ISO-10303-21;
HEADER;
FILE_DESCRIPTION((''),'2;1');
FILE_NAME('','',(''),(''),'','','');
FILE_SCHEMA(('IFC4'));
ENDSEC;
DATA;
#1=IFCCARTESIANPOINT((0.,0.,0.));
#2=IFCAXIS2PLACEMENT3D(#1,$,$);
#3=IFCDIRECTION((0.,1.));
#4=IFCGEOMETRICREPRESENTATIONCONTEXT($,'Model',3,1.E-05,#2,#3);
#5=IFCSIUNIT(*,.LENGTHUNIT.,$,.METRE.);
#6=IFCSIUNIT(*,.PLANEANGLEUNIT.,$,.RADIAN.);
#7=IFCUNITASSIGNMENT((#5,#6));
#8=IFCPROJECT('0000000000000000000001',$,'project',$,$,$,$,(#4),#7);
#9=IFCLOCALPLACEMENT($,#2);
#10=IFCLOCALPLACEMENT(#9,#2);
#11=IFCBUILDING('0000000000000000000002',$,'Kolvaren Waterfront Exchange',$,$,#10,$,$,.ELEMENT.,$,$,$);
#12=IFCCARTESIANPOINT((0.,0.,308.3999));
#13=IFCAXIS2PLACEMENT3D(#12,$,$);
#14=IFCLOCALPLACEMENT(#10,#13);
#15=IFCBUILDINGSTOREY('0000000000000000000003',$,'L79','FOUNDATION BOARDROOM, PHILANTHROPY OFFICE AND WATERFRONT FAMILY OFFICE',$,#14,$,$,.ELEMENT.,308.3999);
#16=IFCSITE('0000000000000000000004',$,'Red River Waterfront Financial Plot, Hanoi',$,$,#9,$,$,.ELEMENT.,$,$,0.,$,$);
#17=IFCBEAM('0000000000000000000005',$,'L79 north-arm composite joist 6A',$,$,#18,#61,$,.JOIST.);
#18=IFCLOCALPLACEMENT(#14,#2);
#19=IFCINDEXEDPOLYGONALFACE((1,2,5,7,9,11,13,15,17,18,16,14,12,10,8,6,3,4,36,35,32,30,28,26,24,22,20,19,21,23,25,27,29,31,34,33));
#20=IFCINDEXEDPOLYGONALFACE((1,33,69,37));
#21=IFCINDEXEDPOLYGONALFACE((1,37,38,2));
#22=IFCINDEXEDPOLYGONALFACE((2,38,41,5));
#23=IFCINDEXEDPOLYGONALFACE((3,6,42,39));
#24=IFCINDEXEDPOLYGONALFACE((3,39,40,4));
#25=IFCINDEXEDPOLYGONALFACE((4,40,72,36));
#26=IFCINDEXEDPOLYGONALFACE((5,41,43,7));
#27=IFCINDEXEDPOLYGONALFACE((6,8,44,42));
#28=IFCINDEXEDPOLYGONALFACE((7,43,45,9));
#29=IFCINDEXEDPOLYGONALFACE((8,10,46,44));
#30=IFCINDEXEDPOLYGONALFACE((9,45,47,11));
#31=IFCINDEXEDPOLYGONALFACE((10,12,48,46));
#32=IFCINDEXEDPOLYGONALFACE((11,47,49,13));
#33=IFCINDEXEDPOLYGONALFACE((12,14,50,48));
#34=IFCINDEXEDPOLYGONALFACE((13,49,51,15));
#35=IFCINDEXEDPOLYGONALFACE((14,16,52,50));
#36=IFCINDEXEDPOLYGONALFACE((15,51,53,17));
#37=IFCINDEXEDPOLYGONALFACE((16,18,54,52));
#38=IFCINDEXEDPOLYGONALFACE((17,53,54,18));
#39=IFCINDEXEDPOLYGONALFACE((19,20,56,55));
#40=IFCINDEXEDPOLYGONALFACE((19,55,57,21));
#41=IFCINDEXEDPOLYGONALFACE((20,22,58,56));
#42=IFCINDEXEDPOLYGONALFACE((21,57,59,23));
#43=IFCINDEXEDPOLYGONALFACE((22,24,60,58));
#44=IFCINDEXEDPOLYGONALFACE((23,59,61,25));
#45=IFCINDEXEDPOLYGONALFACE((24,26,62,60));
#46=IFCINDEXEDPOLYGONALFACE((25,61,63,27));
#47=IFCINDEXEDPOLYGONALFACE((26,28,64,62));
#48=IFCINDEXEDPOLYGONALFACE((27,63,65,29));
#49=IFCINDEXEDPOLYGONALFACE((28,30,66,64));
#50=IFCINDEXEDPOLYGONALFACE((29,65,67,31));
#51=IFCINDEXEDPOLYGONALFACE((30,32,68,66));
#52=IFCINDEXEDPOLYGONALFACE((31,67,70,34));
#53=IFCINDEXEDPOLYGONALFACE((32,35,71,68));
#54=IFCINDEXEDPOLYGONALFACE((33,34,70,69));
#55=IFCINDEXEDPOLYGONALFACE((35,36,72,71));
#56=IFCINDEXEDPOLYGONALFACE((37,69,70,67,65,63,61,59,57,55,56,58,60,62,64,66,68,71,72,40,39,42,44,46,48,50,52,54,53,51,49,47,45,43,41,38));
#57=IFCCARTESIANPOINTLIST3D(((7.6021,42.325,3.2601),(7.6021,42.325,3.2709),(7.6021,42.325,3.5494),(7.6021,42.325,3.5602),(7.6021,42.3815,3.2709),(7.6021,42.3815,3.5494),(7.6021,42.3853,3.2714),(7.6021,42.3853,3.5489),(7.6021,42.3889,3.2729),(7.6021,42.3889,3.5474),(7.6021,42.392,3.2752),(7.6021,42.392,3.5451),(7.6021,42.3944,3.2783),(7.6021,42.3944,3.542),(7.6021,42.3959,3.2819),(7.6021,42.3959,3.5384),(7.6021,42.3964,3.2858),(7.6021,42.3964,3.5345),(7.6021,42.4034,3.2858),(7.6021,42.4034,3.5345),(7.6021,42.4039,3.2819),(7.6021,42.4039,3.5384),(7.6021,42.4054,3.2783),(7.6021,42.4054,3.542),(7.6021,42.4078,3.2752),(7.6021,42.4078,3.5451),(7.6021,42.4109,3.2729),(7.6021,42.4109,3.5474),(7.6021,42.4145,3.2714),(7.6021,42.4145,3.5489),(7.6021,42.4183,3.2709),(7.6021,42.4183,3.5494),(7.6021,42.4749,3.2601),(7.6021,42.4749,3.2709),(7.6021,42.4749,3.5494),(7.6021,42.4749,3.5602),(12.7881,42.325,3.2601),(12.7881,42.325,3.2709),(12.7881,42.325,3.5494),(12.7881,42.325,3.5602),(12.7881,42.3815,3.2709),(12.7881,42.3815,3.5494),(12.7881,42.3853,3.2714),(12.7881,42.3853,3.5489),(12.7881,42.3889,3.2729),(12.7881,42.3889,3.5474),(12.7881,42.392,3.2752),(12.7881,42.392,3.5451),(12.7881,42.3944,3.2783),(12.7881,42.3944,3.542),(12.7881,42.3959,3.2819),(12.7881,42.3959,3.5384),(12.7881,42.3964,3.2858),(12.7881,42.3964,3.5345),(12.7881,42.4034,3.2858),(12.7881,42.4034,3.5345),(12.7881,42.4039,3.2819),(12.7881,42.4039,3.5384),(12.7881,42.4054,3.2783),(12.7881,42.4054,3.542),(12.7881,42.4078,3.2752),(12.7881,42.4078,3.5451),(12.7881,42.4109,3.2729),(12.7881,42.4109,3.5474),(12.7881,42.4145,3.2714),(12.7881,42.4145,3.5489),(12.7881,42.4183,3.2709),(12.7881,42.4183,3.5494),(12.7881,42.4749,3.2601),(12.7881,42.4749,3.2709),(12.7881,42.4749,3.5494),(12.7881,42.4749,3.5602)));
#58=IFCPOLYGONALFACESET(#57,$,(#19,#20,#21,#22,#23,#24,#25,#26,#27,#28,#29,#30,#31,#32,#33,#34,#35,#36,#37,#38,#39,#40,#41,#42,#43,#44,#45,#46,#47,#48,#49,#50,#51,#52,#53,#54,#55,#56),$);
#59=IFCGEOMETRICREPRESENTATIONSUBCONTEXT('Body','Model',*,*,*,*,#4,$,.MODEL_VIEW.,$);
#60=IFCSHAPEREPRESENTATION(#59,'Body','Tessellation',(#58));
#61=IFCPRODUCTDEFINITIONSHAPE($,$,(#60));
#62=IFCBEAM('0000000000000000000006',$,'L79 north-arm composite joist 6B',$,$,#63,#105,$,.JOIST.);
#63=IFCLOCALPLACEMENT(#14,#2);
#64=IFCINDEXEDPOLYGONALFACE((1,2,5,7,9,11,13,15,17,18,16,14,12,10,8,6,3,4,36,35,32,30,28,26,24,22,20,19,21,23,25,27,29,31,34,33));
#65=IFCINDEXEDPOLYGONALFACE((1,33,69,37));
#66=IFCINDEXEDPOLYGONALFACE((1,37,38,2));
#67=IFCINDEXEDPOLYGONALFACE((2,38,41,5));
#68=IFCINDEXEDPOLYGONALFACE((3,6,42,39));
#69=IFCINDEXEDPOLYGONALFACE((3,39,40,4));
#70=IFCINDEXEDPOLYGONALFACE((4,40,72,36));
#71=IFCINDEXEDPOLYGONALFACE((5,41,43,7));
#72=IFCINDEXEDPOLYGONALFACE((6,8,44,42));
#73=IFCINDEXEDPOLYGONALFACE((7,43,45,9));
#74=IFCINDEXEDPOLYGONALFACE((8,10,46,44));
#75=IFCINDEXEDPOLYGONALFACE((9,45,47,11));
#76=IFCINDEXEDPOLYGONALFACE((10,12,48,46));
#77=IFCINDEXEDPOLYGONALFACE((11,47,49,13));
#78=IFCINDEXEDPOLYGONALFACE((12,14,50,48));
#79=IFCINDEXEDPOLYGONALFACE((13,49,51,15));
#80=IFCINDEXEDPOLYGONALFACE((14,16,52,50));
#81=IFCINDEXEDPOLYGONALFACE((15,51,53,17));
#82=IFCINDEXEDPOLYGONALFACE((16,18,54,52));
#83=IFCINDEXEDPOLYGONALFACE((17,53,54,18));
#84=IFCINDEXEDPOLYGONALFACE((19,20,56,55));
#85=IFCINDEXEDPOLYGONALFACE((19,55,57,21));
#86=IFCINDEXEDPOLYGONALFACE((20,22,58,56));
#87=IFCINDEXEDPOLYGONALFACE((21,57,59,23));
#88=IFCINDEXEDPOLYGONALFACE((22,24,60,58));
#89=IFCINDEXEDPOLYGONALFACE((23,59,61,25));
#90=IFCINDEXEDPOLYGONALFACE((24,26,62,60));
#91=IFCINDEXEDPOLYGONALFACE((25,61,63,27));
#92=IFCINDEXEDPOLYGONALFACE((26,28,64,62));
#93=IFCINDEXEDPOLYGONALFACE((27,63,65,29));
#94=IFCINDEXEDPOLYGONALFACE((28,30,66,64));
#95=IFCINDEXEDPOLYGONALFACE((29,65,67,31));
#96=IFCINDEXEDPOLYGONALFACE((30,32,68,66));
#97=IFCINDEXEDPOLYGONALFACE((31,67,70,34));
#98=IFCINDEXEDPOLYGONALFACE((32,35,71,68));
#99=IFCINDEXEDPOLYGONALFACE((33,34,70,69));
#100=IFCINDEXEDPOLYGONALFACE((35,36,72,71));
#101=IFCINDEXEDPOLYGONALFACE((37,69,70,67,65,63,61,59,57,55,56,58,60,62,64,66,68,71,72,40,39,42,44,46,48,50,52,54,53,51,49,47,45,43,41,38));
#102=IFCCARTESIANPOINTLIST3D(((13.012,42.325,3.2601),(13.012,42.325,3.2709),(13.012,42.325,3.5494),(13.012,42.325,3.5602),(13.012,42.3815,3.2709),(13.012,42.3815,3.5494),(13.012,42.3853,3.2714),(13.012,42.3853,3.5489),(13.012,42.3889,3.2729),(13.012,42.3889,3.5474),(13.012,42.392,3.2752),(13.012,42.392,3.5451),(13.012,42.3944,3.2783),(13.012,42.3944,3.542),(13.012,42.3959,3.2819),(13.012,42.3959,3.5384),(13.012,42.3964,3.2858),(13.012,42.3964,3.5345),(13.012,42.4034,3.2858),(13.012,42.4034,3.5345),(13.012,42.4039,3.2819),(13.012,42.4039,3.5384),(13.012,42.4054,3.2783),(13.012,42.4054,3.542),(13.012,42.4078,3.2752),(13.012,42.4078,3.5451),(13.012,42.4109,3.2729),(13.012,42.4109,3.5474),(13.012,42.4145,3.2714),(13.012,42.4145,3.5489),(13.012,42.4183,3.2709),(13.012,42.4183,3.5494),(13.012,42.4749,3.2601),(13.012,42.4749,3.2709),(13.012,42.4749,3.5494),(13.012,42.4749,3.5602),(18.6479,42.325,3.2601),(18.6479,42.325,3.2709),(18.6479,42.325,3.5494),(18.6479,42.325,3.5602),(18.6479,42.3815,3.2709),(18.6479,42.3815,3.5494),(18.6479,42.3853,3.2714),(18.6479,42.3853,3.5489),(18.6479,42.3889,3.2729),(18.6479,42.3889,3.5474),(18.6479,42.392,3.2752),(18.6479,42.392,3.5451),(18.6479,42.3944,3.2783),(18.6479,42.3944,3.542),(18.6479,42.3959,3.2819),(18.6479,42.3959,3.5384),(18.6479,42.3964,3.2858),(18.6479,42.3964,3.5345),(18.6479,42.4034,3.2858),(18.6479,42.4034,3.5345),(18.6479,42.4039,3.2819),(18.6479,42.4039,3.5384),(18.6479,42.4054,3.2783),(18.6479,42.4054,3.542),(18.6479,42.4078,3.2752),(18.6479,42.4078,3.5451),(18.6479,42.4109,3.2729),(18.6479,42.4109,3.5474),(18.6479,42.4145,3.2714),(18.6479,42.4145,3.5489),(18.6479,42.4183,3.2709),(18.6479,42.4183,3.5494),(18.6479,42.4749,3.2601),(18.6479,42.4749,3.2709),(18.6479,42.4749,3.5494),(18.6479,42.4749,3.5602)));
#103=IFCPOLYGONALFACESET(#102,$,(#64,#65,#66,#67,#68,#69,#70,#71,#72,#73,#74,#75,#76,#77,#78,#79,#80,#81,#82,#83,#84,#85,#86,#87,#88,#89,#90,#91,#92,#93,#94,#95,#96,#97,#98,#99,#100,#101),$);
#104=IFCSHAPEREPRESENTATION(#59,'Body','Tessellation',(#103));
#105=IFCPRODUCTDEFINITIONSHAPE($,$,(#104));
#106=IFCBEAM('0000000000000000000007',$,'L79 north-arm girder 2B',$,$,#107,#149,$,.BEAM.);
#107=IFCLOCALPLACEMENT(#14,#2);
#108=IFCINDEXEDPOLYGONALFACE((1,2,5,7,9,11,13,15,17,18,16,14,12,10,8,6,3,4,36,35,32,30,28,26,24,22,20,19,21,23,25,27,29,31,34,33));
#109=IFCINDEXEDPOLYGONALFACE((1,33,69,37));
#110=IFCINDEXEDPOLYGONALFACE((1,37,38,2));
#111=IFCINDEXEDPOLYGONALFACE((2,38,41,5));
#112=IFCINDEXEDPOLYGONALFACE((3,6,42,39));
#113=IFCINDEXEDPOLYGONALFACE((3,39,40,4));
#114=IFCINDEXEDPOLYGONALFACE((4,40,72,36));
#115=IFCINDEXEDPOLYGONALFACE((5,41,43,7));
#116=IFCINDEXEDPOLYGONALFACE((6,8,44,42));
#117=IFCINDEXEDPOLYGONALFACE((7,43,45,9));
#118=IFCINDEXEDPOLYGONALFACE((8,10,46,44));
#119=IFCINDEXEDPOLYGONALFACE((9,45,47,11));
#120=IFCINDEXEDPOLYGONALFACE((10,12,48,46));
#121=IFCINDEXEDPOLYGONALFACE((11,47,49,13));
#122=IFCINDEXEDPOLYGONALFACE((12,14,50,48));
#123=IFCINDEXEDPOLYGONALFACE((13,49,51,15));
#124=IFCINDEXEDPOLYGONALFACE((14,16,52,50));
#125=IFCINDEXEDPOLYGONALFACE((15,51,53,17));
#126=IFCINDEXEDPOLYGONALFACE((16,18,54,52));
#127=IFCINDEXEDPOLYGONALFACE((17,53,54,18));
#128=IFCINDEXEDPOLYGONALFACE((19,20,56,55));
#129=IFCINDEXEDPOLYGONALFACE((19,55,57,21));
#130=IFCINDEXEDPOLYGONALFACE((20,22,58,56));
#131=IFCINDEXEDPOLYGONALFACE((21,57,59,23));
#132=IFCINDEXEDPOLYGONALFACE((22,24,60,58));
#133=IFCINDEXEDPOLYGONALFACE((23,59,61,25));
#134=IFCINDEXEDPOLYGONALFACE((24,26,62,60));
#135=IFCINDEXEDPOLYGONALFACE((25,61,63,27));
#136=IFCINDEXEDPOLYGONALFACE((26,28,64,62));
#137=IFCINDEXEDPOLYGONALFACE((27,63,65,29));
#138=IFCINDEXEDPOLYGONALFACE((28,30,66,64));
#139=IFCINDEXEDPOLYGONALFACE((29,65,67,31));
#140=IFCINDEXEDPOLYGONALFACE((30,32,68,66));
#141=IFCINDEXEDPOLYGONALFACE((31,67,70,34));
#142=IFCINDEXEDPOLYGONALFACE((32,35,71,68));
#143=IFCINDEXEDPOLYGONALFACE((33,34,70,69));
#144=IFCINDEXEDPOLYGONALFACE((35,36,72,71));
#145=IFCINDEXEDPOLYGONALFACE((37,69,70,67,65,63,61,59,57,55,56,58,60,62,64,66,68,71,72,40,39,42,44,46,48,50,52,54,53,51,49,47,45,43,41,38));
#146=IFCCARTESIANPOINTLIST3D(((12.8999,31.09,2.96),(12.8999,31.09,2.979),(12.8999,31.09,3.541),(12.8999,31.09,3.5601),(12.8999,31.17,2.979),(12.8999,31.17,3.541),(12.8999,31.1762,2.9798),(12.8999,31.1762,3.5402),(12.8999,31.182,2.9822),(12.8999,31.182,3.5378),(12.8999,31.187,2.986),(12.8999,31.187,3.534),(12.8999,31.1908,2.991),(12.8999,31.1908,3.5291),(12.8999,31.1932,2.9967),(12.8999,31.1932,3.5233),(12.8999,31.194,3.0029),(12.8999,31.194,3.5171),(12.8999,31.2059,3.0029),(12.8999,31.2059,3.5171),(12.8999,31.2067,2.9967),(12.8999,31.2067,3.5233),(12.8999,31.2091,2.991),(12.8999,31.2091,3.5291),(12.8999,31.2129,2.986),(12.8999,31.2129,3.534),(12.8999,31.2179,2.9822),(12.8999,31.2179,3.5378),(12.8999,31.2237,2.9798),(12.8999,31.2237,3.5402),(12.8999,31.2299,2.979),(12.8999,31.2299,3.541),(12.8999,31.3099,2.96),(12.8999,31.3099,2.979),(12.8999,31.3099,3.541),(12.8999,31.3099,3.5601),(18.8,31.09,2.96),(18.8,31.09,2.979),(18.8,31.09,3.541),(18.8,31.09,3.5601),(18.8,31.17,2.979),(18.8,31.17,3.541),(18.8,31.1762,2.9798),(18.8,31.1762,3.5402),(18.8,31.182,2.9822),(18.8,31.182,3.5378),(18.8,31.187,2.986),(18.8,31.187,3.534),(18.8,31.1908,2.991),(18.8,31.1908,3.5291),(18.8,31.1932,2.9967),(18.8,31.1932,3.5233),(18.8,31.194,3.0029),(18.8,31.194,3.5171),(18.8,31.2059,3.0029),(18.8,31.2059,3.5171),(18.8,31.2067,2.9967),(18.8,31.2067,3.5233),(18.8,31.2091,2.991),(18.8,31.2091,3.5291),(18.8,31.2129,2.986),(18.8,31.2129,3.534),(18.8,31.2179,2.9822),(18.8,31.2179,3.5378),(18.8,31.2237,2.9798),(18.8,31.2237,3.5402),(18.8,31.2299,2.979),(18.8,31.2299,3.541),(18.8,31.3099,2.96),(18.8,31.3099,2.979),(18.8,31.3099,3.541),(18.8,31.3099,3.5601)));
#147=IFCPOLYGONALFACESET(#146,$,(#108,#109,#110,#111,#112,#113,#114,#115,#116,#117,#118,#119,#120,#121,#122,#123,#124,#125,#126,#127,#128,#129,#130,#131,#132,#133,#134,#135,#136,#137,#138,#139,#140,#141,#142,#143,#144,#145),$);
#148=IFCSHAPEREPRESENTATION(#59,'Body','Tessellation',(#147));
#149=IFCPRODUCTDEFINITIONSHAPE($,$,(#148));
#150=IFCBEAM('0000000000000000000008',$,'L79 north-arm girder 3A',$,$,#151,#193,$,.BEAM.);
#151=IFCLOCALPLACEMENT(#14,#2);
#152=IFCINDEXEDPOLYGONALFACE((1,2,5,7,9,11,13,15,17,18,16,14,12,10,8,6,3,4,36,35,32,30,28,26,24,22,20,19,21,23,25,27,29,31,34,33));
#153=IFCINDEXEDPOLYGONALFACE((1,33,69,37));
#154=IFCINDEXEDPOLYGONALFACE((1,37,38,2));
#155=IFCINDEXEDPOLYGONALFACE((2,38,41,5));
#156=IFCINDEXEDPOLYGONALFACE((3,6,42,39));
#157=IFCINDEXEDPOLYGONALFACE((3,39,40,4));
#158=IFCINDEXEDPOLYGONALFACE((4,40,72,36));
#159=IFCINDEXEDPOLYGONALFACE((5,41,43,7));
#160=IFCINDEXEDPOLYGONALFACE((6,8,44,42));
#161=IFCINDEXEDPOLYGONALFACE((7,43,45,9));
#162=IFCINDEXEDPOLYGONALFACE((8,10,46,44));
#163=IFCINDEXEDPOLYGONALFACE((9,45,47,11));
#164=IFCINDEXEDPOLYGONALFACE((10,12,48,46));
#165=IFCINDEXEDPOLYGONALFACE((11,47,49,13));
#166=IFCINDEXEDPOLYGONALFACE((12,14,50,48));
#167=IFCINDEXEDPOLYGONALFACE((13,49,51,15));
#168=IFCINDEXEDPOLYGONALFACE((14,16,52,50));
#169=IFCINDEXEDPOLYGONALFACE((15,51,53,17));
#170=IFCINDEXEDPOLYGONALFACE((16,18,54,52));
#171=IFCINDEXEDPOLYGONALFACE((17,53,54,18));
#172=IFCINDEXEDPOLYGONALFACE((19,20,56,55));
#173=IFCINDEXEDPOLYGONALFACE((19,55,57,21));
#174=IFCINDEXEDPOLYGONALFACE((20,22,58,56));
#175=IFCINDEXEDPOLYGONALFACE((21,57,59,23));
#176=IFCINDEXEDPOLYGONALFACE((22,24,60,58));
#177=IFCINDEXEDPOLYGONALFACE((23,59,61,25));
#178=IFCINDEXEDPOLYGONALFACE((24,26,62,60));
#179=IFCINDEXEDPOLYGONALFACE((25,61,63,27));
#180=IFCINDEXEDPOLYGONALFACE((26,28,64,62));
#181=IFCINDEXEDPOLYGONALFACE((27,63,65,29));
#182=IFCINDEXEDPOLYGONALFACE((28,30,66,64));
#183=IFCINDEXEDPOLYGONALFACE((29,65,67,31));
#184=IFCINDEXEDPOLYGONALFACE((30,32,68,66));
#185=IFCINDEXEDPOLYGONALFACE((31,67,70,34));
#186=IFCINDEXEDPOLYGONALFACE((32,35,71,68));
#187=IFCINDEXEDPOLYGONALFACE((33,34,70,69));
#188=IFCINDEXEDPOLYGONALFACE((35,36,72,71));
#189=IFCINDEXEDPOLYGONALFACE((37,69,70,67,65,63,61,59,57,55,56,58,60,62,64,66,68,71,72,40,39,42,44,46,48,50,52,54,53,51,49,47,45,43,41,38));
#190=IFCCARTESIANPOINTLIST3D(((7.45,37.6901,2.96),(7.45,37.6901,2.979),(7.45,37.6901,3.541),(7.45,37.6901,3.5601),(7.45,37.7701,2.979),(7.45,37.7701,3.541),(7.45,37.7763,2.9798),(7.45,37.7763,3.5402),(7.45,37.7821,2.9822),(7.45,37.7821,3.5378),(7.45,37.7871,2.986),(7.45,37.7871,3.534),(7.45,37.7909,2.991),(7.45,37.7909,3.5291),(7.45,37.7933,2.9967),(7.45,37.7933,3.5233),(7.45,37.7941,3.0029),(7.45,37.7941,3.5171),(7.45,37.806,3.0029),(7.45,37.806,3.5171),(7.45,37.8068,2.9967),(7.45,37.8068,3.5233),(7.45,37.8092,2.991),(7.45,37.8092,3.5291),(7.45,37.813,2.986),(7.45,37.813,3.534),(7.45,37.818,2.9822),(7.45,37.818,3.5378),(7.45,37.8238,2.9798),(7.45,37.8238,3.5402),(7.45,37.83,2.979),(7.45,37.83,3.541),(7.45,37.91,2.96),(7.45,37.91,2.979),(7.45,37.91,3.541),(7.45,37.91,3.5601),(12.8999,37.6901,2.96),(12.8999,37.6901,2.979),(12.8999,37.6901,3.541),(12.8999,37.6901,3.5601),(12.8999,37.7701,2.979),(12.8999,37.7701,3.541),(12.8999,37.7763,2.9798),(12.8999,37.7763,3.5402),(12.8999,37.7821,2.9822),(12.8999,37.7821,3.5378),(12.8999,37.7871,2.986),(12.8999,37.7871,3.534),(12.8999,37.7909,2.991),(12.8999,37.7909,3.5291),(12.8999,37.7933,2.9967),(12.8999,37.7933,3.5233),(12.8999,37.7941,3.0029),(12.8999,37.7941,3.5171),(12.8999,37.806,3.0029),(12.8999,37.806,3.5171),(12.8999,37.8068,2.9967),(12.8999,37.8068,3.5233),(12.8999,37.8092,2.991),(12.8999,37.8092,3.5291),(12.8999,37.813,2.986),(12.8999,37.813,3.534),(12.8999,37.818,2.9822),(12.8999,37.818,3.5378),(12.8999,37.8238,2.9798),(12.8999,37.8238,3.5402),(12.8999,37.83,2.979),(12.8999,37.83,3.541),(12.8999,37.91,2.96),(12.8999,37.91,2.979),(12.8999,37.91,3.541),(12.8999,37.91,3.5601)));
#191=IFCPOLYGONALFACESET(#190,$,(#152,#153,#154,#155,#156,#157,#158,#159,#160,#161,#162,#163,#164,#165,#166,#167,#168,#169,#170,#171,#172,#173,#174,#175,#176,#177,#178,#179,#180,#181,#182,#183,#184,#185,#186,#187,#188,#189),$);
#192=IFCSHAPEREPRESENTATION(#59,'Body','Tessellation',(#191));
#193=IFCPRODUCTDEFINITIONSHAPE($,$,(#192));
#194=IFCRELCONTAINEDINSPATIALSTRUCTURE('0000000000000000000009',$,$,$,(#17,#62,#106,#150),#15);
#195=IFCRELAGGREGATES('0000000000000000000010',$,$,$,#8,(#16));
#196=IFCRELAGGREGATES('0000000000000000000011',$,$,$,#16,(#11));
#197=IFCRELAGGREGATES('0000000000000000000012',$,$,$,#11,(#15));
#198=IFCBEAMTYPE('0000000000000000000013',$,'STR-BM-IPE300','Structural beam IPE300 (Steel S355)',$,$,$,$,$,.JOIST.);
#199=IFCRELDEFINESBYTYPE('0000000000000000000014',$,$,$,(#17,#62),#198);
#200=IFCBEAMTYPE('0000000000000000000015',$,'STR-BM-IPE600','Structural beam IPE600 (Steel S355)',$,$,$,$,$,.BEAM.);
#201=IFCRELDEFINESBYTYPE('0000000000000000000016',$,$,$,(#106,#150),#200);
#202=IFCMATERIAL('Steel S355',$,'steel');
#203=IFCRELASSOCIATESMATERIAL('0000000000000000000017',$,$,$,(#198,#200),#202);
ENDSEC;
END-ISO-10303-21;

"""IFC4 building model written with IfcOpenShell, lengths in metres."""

from ifc_helpers import new_model, si_unit, direction, frame, origin, origin_2d, place, context, subcontext, project, spatial, i_section, extrude, material, material_profile, profile_set, type_object, element, save


model = new_model("IFC4")

# Units and contexts
model_context = context("Model", 3, precision=1e-05, world=origin(), true_north=direction((0.0, 1.0)))
body_context = subcontext(model_context, "Body", "Model", "MODEL_VIEW")
ifc_project = project(units=[si_unit("LENGTHUNIT", "METRE"), si_unit("PLANEANGLEUNIT", "RADIAN")], contexts=[model_context])

# Site, building, storey
site_placement = place(None, origin())
site = spatial("IfcSite", under=ifc_project, at=site_placement, Name="Red River Waterfront Financial Plot, Hanoi", CompositionType="ELEMENT", RefElevation=0.0)
building_placement = place(site_placement, origin())
building = spatial("IfcBuilding", under=site, at=building_placement, Name="Kolvaren Waterfront Exchange", CompositionType="ELEMENT")
storey_placement = place(building_placement, frame((0.0, 0.0, 308.3999)))
storey = spatial("IfcBuildingStorey", under=building, at=storey_placement, Name="L79", Description="FOUNDATION BOARDROOM, PHILANTHROPY OFFICE AND WATERFRONT FAMILY OFFICE", CompositionType="ELEMENT", Elevation=308.3999)

# Beams
ifc_material_1 = material(Name="Steel S355", Category="steel")
ifc_material_profile_1 = material_profile(ifc_material_1, i_section(OverallWidth=0.1499, OverallDepth=0.3, WebThickness=0.0071, FlangeThickness=0.0107, FilletRadius=0.0149, at=origin_2d()), Name="IPE300")
ifc_profile_set_1 = profile_set([ifc_material_profile_1], Name="Steel S355")
beam_type_1 = type_object("IfcBeamType", Name="STR-BM-IPE300", Description="Structural beam IPE300 (Steel S355)", PredefinedType="JOIST", material=ifc_profile_set_1)
beam_1_placement = place(storey_placement, frame((7.6021, 42.3999, 3.4102), z_axis=(1.0, 0.0, 0.0), x_axis=(0.0, 1.0, 0.0)))
element("IfcBeam", 1, at=beam_1_placement, inside=storey, type_object=beam_type_1, Name="L79 north-arm composite joist 6A", PredefinedType="JOIST", context=body_context, shape_type="SweptSolid", body=[
    extrude(i_section(OverallWidth=0.1499, OverallDepth=0.3, WebThickness=0.0071, FlangeThickness=0.0107, FilletRadius=0.0149, at=origin_2d()), origin(), (0.0, 0.0, 1.0), 5.186),
])
beam_2_placement = place(storey_placement, frame((13.012, 42.3999, 3.4102), z_axis=(1.0, 0.0, 0.0), x_axis=(0.0, 1.0, 0.0)))
element("IfcBeam", 2, at=beam_2_placement, inside=storey, type_object=beam_type_1, Name="L79 north-arm composite joist 6B", PredefinedType="JOIST", context=body_context, shape_type="SweptSolid", body=[
    extrude(i_section(OverallWidth=0.1499, OverallDepth=0.3, WebThickness=0.0071, FlangeThickness=0.0107, FilletRadius=0.0149, at=origin_2d()), origin(), (0.0, 0.0, 1.0), 5.636),
])
ifc_material_profile_2 = material_profile(ifc_material_1, i_section(OverallWidth=0.22, OverallDepth=0.6001, WebThickness=0.012, FlangeThickness=0.019, FilletRadius=0.0239, at=origin_2d()), Name="IPE600")
ifc_profile_set_2 = profile_set([ifc_material_profile_2], Name="Steel S355")
beam_type_2 = type_object("IfcBeamType", Name="STR-BM-IPE600", Description="Structural beam IPE600 (Steel S355)", PredefinedType="BEAM", material=ifc_profile_set_2)
beam_3_placement = place(storey_placement, frame((12.8999, 31.2, 3.26), z_axis=(1.0, 0.0, 0.0), x_axis=(0.0, 1.0, 0.0)))
element("IfcBeam", 3, at=beam_3_placement, inside=storey, type_object=beam_type_2, Name="L79 north-arm girder 2B", PredefinedType="BEAM", context=body_context, shape_type="SweptSolid", body=[
    extrude(i_section(OverallWidth=0.22, OverallDepth=0.6001, WebThickness=0.012, FlangeThickness=0.019, FilletRadius=0.0239, at=origin_2d()), origin(), (0.0, 0.0, 1.0), 5.9001),
])
beam_4_placement = place(storey_placement, frame((7.45, 37.8, 3.26), z_axis=(1.0, 0.0, 0.0), x_axis=(0.0, 1.0, 0.0)))
element("IfcBeam", 4, at=beam_4_placement, inside=storey, type_object=beam_type_2, Name="L79 north-arm girder 3A", PredefinedType="BEAM", context=body_context, shape_type="SweptSolid", body=[
    extrude(i_section(OverallWidth=0.22, OverallDepth=0.6001, WebThickness=0.012, FlangeThickness=0.019, FilletRadius=0.0239, at=origin_2d()), origin(), (0.0, 0.0, 1.0), 5.45),
])

save(model, "model.ifc")
